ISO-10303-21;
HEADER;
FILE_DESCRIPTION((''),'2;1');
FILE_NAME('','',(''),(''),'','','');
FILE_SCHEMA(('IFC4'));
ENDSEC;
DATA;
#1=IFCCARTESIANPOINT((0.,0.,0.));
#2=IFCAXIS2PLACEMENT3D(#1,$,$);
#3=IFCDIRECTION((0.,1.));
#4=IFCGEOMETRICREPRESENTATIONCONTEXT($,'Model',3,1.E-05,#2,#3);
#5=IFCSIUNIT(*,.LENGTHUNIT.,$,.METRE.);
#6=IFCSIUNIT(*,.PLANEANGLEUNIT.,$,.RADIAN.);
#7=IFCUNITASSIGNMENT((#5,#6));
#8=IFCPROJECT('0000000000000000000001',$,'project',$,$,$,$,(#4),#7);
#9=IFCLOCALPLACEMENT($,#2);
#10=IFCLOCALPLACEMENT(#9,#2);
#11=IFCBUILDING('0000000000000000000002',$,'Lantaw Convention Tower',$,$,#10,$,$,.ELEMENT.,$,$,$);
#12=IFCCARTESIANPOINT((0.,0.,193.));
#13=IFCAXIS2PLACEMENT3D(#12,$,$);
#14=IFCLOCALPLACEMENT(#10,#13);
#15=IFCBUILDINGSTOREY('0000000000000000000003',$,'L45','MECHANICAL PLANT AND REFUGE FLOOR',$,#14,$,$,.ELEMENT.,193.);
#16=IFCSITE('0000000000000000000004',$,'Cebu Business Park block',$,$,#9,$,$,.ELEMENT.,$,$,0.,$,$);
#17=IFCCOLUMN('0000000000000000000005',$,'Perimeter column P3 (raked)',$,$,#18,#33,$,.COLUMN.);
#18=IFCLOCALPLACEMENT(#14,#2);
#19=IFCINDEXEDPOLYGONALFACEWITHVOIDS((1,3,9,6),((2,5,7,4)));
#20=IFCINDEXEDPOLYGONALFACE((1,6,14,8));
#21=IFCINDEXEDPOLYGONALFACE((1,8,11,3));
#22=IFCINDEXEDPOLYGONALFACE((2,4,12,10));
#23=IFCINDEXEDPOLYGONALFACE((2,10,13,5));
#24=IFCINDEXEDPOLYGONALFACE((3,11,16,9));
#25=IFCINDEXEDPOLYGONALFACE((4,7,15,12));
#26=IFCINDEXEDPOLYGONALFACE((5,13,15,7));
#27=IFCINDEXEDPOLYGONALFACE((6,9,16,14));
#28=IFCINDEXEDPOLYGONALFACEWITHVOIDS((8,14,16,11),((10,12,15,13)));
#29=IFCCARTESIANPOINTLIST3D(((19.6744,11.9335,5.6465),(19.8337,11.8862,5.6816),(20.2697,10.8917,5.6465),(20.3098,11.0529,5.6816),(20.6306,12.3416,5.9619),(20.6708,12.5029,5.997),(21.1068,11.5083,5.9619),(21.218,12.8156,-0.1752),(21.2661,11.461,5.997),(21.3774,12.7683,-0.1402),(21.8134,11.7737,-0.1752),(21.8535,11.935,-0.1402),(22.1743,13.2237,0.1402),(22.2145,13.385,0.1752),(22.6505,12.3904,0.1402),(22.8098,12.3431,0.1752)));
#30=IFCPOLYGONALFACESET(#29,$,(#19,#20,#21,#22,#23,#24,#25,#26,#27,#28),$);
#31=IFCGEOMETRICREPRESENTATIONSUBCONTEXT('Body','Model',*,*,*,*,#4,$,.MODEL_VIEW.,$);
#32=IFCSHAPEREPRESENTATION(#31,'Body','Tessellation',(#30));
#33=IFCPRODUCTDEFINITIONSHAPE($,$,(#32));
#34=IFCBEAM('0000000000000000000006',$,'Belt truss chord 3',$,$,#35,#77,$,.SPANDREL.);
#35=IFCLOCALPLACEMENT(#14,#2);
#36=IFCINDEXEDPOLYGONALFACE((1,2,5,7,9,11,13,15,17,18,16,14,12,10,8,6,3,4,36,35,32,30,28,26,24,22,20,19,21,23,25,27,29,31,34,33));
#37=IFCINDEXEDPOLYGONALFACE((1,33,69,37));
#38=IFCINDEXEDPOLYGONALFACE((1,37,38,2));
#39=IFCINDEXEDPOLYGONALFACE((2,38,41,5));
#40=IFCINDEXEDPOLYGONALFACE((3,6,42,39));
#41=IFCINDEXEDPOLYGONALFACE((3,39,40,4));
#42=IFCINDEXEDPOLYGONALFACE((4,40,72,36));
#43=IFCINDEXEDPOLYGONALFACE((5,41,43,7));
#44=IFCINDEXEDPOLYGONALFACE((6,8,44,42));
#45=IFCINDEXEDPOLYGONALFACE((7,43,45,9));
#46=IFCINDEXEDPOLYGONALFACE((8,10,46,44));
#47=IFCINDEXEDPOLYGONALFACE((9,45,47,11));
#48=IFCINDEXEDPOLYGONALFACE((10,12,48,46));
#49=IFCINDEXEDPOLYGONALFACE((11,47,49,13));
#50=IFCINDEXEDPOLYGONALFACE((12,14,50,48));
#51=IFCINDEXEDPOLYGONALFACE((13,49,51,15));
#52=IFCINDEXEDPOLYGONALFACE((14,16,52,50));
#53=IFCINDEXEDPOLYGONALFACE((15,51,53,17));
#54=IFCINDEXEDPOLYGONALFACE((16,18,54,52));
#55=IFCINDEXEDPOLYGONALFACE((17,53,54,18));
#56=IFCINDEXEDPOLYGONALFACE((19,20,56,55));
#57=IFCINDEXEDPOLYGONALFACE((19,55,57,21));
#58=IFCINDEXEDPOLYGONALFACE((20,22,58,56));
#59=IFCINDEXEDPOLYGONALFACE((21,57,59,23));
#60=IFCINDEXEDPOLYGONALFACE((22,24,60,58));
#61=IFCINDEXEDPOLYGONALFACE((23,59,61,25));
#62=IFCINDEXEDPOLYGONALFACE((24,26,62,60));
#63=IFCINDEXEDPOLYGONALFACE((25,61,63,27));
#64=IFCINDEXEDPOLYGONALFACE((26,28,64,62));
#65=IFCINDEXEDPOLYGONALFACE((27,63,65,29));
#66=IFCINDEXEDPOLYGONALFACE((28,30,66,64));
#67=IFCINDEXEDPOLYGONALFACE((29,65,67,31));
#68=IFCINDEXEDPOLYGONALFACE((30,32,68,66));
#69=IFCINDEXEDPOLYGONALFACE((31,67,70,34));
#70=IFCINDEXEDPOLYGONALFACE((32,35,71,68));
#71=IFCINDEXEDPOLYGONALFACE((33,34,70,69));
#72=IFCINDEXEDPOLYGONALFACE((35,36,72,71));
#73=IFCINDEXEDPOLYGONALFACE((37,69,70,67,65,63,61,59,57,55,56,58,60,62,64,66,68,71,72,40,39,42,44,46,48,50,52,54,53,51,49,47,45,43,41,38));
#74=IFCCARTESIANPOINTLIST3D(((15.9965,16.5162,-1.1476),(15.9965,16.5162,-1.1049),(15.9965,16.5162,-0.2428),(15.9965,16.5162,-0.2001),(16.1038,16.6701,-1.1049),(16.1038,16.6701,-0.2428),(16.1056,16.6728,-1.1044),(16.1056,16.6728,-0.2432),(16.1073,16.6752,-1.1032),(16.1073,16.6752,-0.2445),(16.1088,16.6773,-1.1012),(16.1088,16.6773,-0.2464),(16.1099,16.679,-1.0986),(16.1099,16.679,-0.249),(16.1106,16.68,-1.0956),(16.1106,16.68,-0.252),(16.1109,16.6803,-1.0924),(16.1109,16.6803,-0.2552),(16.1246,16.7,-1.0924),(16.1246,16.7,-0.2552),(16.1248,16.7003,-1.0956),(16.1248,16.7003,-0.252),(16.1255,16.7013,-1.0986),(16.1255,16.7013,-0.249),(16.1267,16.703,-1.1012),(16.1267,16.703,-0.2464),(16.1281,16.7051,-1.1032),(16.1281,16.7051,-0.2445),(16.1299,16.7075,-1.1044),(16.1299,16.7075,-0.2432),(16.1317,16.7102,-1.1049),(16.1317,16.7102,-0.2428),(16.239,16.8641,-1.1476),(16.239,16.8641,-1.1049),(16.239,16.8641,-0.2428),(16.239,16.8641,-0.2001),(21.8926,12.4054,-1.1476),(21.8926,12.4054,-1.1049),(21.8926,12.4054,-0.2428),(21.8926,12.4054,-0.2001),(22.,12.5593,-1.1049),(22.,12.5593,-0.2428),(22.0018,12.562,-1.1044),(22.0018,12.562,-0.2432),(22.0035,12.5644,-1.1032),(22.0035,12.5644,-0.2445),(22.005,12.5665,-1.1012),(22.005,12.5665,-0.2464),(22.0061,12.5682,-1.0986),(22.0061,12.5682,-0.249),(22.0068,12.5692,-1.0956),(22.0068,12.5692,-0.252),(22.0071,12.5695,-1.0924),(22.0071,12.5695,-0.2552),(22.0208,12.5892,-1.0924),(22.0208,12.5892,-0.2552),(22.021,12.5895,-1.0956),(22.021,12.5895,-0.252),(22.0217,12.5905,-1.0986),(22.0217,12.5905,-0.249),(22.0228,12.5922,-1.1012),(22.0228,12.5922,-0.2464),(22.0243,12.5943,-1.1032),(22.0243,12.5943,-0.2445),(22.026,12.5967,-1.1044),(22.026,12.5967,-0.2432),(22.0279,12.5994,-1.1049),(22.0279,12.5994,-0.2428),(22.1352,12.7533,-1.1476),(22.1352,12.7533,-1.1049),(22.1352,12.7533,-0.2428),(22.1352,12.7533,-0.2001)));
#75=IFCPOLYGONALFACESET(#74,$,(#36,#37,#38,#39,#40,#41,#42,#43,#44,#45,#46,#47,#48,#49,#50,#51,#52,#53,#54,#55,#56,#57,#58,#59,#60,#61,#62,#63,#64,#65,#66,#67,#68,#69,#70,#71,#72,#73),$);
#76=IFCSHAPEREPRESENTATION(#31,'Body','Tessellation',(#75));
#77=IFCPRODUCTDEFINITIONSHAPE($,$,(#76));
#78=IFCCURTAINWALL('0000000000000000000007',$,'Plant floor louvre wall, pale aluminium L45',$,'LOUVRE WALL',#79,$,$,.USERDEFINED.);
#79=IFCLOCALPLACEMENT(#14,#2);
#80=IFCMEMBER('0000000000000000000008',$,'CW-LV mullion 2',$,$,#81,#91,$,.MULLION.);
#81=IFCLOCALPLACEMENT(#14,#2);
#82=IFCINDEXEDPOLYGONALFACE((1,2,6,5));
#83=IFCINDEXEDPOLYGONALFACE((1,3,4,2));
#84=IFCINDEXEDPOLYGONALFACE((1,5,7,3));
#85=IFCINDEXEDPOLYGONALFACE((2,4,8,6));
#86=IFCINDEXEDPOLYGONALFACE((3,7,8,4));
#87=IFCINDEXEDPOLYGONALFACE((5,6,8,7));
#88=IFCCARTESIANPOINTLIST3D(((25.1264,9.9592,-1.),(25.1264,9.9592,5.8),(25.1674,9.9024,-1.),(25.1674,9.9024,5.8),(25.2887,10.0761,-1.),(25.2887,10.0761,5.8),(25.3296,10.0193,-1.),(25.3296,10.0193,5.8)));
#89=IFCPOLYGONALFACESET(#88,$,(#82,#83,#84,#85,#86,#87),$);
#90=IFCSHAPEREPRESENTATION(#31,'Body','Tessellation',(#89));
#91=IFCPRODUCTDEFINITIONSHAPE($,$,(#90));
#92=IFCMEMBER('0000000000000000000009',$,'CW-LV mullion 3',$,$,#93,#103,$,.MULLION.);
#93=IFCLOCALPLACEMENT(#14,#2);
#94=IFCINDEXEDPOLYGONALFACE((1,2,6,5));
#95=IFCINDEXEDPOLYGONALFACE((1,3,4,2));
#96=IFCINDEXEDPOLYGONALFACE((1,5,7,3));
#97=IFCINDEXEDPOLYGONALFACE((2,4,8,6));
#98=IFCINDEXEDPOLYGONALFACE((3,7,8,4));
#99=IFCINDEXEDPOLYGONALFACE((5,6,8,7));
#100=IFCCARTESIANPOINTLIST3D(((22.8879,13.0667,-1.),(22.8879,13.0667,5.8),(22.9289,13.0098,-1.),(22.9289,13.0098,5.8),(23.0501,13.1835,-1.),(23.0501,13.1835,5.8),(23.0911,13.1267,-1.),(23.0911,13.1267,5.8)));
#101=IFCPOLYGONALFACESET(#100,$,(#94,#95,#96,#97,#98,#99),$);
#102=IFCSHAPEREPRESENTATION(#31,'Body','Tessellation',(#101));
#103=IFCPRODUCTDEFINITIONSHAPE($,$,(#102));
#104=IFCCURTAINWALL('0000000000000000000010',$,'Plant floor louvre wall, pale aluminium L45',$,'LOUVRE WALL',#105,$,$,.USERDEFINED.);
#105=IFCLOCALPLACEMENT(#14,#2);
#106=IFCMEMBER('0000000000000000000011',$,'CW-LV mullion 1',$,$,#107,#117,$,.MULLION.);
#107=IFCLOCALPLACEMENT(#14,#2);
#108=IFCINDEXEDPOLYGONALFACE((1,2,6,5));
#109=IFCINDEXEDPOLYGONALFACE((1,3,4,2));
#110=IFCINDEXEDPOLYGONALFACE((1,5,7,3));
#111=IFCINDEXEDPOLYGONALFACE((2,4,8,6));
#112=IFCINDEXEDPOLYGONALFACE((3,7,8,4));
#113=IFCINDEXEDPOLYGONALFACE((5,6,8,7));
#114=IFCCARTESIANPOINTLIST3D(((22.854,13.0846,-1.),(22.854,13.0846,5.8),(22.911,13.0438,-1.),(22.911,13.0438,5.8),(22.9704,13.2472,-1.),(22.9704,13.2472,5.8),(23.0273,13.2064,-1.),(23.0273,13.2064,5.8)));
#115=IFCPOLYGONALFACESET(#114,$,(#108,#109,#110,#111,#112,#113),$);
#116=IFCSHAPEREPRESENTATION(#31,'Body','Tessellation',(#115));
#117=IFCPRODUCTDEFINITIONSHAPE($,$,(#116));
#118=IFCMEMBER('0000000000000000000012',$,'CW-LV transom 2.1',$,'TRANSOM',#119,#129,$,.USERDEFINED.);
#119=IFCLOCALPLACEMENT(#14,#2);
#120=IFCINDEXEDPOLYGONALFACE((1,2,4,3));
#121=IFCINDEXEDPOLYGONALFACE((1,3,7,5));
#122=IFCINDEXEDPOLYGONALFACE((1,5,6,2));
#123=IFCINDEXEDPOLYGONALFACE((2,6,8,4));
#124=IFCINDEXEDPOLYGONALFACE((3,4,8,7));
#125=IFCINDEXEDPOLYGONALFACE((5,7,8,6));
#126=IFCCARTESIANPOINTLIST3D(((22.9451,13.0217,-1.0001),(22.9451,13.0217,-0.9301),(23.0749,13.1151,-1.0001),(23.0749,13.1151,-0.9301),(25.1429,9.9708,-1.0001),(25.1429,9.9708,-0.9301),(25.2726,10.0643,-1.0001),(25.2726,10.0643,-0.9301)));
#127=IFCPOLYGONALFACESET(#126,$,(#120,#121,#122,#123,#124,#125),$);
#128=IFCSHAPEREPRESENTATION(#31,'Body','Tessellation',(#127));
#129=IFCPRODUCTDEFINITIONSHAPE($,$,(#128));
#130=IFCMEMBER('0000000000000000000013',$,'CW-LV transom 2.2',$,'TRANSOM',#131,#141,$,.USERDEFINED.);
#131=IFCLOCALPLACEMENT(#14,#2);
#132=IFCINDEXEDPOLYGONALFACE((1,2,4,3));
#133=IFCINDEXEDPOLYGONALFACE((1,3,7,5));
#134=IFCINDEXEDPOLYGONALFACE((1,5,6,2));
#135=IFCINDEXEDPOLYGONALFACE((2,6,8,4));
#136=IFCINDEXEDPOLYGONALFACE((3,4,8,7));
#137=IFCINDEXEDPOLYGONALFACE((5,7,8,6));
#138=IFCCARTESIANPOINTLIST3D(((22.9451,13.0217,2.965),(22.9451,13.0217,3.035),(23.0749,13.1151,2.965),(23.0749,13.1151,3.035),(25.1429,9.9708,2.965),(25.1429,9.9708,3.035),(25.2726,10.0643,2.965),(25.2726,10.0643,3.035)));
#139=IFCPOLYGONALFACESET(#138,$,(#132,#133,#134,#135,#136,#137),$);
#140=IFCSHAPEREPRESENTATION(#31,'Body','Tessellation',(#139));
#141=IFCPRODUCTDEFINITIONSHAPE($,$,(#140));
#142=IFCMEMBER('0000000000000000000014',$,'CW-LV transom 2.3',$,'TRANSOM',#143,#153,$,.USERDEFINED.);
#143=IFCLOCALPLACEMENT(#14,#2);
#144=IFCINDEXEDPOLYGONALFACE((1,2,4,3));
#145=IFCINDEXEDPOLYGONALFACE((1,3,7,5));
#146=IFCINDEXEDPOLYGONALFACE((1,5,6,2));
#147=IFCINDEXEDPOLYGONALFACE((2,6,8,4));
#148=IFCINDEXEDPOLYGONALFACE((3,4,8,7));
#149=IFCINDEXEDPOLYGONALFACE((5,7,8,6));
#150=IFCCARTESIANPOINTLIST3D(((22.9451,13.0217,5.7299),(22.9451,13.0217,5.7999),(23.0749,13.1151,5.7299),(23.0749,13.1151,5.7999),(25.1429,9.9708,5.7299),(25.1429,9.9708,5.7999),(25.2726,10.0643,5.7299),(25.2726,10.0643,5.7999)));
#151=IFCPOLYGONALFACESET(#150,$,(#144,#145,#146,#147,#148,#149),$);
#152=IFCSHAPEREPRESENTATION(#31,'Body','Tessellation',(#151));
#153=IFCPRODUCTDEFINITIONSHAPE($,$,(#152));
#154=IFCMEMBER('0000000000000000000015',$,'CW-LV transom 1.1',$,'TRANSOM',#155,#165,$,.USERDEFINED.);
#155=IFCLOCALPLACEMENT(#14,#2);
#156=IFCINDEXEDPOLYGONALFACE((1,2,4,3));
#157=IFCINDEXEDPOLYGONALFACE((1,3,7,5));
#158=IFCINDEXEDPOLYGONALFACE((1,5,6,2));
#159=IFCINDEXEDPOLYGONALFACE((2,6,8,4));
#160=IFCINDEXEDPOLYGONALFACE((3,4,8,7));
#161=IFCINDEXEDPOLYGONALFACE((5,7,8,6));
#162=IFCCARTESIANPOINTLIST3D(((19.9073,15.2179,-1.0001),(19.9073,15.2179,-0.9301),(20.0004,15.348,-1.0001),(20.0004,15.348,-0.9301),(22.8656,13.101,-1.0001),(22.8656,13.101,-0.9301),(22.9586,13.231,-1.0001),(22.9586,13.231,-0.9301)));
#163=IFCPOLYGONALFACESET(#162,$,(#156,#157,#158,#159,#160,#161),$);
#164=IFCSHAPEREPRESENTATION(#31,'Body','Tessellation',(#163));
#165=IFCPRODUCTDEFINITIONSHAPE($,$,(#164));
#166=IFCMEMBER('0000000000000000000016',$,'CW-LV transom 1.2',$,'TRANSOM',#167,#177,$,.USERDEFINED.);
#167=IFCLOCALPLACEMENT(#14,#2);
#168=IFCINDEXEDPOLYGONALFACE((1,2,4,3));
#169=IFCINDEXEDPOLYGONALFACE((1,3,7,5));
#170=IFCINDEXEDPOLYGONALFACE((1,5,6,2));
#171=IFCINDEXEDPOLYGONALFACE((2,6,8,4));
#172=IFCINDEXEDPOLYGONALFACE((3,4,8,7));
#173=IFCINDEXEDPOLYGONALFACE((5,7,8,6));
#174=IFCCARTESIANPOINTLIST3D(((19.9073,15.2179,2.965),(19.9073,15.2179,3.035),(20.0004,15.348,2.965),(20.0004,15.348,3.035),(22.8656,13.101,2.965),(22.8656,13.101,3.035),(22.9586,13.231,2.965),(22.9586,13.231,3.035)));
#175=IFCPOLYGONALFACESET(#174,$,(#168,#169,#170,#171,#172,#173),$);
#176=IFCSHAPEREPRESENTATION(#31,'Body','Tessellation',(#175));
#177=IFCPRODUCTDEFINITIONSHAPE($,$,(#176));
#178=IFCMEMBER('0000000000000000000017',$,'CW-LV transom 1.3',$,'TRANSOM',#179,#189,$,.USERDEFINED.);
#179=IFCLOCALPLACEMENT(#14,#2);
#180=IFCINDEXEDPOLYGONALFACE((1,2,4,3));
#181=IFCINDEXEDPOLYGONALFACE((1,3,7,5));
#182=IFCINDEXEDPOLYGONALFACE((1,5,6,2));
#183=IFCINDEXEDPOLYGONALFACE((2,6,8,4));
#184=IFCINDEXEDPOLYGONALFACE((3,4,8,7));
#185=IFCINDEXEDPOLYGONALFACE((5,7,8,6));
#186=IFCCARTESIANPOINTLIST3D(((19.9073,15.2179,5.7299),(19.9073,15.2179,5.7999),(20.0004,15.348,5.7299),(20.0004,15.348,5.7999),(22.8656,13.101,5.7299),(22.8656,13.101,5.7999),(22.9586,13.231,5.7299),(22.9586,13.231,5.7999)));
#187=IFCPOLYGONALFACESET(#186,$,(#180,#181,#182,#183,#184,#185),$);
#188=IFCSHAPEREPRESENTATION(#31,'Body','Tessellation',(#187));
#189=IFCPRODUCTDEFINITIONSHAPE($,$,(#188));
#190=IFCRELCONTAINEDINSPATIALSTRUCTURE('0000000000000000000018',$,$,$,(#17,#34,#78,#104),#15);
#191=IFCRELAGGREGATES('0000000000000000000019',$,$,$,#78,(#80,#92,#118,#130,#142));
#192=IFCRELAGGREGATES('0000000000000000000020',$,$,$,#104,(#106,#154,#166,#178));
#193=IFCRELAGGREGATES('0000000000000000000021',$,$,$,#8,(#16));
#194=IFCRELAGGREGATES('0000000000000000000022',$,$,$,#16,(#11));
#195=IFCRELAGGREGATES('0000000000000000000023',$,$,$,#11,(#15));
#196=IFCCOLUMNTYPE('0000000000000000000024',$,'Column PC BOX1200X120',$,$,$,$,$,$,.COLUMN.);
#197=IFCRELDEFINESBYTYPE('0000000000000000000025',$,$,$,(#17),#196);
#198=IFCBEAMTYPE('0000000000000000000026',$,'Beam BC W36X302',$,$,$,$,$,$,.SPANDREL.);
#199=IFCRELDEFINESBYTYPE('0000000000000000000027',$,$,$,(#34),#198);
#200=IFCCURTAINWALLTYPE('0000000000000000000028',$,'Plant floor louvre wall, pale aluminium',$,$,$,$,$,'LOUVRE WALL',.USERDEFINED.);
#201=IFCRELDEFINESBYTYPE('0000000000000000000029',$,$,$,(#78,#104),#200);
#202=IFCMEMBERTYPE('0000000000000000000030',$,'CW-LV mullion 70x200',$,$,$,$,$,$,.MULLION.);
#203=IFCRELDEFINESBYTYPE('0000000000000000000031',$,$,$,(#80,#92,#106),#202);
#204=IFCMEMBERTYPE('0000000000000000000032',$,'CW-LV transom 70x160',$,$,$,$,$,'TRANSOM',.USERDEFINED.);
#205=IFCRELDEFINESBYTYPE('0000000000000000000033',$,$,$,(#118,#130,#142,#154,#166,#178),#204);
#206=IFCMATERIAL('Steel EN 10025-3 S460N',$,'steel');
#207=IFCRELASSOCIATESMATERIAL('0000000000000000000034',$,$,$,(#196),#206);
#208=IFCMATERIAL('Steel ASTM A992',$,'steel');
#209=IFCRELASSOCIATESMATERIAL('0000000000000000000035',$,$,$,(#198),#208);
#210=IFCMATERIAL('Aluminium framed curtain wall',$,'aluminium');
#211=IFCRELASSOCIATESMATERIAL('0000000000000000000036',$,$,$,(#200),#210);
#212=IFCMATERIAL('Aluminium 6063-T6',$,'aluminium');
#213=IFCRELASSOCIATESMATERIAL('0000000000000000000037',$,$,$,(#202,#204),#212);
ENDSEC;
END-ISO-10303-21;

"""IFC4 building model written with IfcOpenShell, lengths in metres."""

from ifc_helpers import new_model, si_unit, direction, frame, origin, origin_2d, place, context, subcontext, project, spatial, rectangle, hollow_rectangle, i_section, extrude, material, material_profile, profile_set, type_object, element, aggregate, save


model = new_model("IFC4")

# Units and contexts
model_context = context("Model", 3, precision=1e-05, world=origin(), true_north=direction((0.0, 1.0)))
body_context = subcontext(model_context, "Body", "Model", "MODEL_VIEW")
ifc_project = project(units=[si_unit("LENGTHUNIT", "METRE"), si_unit("PLANEANGLEUNIT", "RADIAN")], contexts=[model_context])

# Site, building, storey
site_placement = place(None, origin())
site = spatial("IfcSite", under=ifc_project, at=site_placement, Name="Cebu Business Park block", CompositionType="ELEMENT", RefElevation=0.0)
building_placement = place(site_placement, origin())
building = spatial("IfcBuilding", under=site, at=building_placement, Name="Lantaw Convention Tower", CompositionType="ELEMENT")
storey_placement = place(building_placement, frame((0.0, 0.0, 193.0)))
storey = spatial("IfcBuildingStorey", under=building, at=storey_placement, Name="L45", Description="MECHANICAL PLANT AND REFUGE FLOOR", CompositionType="ELEMENT", Elevation=193.0)

# Column
ifc_material_1 = material(Name="Steel EN 10025-3 S460N", Category="steel")
ifc_material_profile_1 = material_profile(ifc_material_1, hollow_rectangle(XDim=1.2, YDim=1.2, WallThickness=0.1201, at=origin_2d()), Name="BOX1200X120")
ifc_material_2 = material(Name="Concrete C60/75", Category="concrete")
ifc_material_profile_2 = material_profile(ifc_material_2, rectangle(XDim=0.96, YDim=0.96, at=origin_2d()), Name="Concrete fill of BOX1200X120")
ifc_profile_set_1 = profile_set([ifc_material_profile_1, ifc_material_profile_2], Name="Steel EN 10025-3 S460N")
column_type = type_object("IfcColumnType", Name="Column PC BOX1200X120", PredefinedType="COLUMN", material=ifc_profile_set_1)
column_placement = place(storey_placement, frame((22.0139, 12.5793, 0.0), z_axis=(-0.253597, -0.144907, 0.956394), x_axis=(0.496124, -0.868252, 0.0)))
element("IfcColumn", 1, at=column_placement, inside=storey, type_object=column_type, Name="Perimeter column P3 (raked)", PredefinedType="COLUMN", context=body_context, shape_type="SweptSolid", body=[
    extrude(hollow_rectangle(XDim=1.2, YDim=1.2, WallThickness=0.1201, at=origin_2d()), origin(), (0.0, 0.0, 1.0), 6.0872),
])

# Beam
ifc_material_3 = material(Name="Steel ASTM A992", Category="steel")
ifc_material_profile_3 = material_profile(ifc_material_3, i_section(OverallWidth=0.4241, OverallDepth=0.9475, WebThickness=0.0239, FlangeThickness=0.0427, FilletRadius=0.0125, at=origin_2d()), Name="W36X302")
ifc_profile_set_2 = profile_set([ifc_material_profile_3], Name="Steel ASTM A992")
beam_type = type_object("IfcBeamType", Name="Beam BC W36X302", PredefinedType="SPANDREL", material=ifc_profile_set_2)
beam_placement = place(storey_placement, frame((22.0139, 12.5793, -0.6738), z_axis=(-0.820311, 0.571918, 0.0), x_axis=(-0.571918, -0.820311, 0.0)))
element("IfcBeam", 2, at=beam_placement, inside=storey, type_object=beam_type, Name="Belt truss chord 3", PredefinedType="SPANDREL", context=body_context, shape_type="SweptSolid", body=[
    extrude(i_section(OverallWidth=0.4241, OverallDepth=0.9475, WebThickness=0.0239, FlangeThickness=0.0427, FilletRadius=0.0125, at=origin_2d()), origin(), (0.0, 0.0, 1.0), 7.1877),
])

# Curtain wall, members
ifc_material_4 = material(Name="Aluminium framed curtain wall", Category="aluminium")
curtain_wall_type = type_object("IfcCurtainWallType", Name="Plant floor louvre wall, pale aluminium", ElementType="LOUVRE WALL", PredefinedType="USERDEFINED", material=ifc_material_4)
curtain_wall_1_placement = place(storey_placement, origin())
curtain_wall_1 = element("IfcCurtainWall", 3, at=curtain_wall_1_placement, inside=storey, type_object=curtain_wall_type, Name="Plant floor louvre wall, pale aluminium L45", ObjectType="LOUVRE WALL", PredefinedType="USERDEFINED")
ifc_material_5 = material(Name="Aluminium 6063-T6", Category="aluminium")
ifc_material_profile_4 = material_profile(ifc_material_5, rectangle(XDim=0.2, YDim=0.0701, at=origin_2d()), Name="CW-LV mullion 70x200")
ifc_profile_set_3 = profile_set([ifc_material_profile_4], Name="Aluminium 6063-T6")
member_type_1 = type_object("IfcMemberType", Name="CW-LV mullion 70x200", PredefinedType="MULLION", material=ifc_profile_set_3)
member_1_placement = place(storey_placement, frame((25.228, 9.9893, -1.0), z_axis=(0.0, 0.0, 1.0), x_axis=(-0.811385, -0.584513, 0.0)))
member_1 = element("IfcMember", 4, at=member_1_placement, type_object=member_type_1, Name="CW-LV mullion 2", PredefinedType="MULLION", context=body_context, shape_type="SweptSolid", body=[
    extrude(rectangle(XDim=0.2, YDim=0.0701, at=origin_2d()), origin(), (0.0, 0.0, 1.0), 6.8),
])
member_2_placement = place(storey_placement, frame((22.9895, 13.0967, -1.0), z_axis=(0.0, 0.0, 1.0), x_axis=(-0.811385, -0.584513, 0.0)))
member_2 = element("IfcMember", 5, at=member_2_placement, type_object=member_type_1, Name="CW-LV mullion 3", PredefinedType="MULLION", context=body_context, shape_type="SweptSolid", body=[
    extrude(rectangle(XDim=0.2, YDim=0.0701, at=origin_2d()), origin(), (0.0, 0.0, 1.0), 6.8),
])

# Curtain wall, member
curtain_wall_2_placement = place(storey_placement, origin())
curtain_wall_2 = element("IfcCurtainWall", 6, at=curtain_wall_2_placement, inside=storey, type_object=curtain_wall_type, Name="Plant floor louvre wall, pale aluminium L45", ObjectType="LOUVRE WALL", PredefinedType="USERDEFINED")
member_3_placement = place(storey_placement, frame((22.9407, 13.1455, -1.0), z_axis=(0.0, 0.0, 1.0), x_axis=(-0.581973, -0.813208, 0.0)))
member_3 = element("IfcMember", 7, at=member_3_placement, type_object=member_type_1, Name="CW-LV mullion 1", PredefinedType="MULLION", context=body_context, shape_type="SweptSolid", body=[
    extrude(rectangle(XDim=0.2, YDim=0.0701, at=origin_2d()), origin(), (0.0, 0.0, 1.0), 6.8),
])

# Members
ifc_material_profile_5 = material_profile(ifc_material_5, rectangle(XDim=0.1599, YDim=0.0701, at=origin_2d()), Name="CW-LV transom 70x160")
ifc_profile_set_4 = profile_set([ifc_material_profile_5], Name="Aluminium 6063-T6")
member_type_2 = type_object("IfcMemberType", Name="CW-LV transom 70x160", ElementType="TRANSOM", PredefinedType="USERDEFINED", material=ifc_profile_set_4)
member_4_placement = place(storey_placement, frame((25.2078, 10.0176, -0.9651), z_axis=(-0.584513, 0.811384, 0.0), x_axis=(-0.811384, -0.584513, 0.0)))
member_4 = element("IfcMember", 8, at=member_4_placement, type_object=member_type_2, Name="CW-LV transom 2.1", ObjectType="TRANSOM", PredefinedType="USERDEFINED", context=body_context, shape_type="SweptSolid", body=[
    extrude(rectangle(XDim=0.1599, YDim=0.0701, at=origin_2d()), origin(), (0.0, 0.0, 1.0), 3.76),
])
member_5_placement = place(storey_placement, frame((25.2078, 10.0176, 3.0), z_axis=(-0.584513, 0.811384, 0.0), x_axis=(-0.811384, -0.584513, 0.0)))
member_5 = element("IfcMember", 9, at=member_5_placement, type_object=member_type_2, Name="CW-LV transom 2.2", ObjectType="TRANSOM", PredefinedType="USERDEFINED", context=body_context, shape_type="SweptSolid", body=[
    extrude(rectangle(XDim=0.1599, YDim=0.0701, at=origin_2d()), origin(), (0.0, 0.0, 1.0), 3.76),
])
member_6_placement = place(storey_placement, frame((25.2078, 10.0176, 5.7649), z_axis=(-0.584513, 0.811384, 0.0), x_axis=(-0.811384, -0.584513, 0.0)))
member_6 = element("IfcMember", 10, at=member_6_placement, type_object=member_type_2, Name="CW-LV transom 2.3", ObjectType="TRANSOM", PredefinedType="USERDEFINED", context=body_context, shape_type="SweptSolid", body=[
    extrude(rectangle(XDim=0.1599, YDim=0.0701, at=origin_2d()), origin(), (0.0, 0.0, 1.0), 3.76),
])
member_7_placement = place(storey_placement, frame((22.9121, 13.166, -0.9651), z_axis=(-0.813225, 0.581949, 0.0), x_axis=(-0.581949, -0.813225, 0.0)))
member_7 = element("IfcMember", 11, at=member_7_placement, type_object=member_type_2, Name="CW-LV transom 1.1", ObjectType="TRANSOM", PredefinedType="USERDEFINED", context=body_context, shape_type="SweptSolid", body=[
    extrude(rectangle(XDim=0.1599, YDim=0.0701, at=origin_2d()), origin(), (0.0, 0.0, 1.0), 3.6377),
])
member_8_placement = place(storey_placement, frame((22.9121, 13.166, 3.0), z_axis=(-0.813225, 0.581949, 0.0), x_axis=(-0.581949, -0.813225, 0.0)))
member_8 = element("IfcMember", 12, at=member_8_placement, type_object=member_type_2, Name="CW-LV transom 1.2", ObjectType="TRANSOM", PredefinedType="USERDEFINED", context=body_context, shape_type="SweptSolid", body=[
    extrude(rectangle(XDim=0.1599, YDim=0.0701, at=origin_2d()), origin(), (0.0, 0.0, 1.0), 3.6377),
])
member_9_placement = place(storey_placement, frame((22.9121, 13.166, 5.7649), z_axis=(-0.813225, 0.581949, 0.0), x_axis=(-0.581949, -0.813225, 0.0)))
member_9 = element("IfcMember", 13, at=member_9_placement, type_object=member_type_2, Name="CW-LV transom 1.3", ObjectType="TRANSOM", PredefinedType="USERDEFINED", context=body_context, shape_type="SweptSolid", body=[
    extrude(rectangle(XDim=0.1599, YDim=0.0701, at=origin_2d()), origin(), (0.0, 0.0, 1.0), 3.6377),
])

aggregate(curtain_wall_1, [member_1, member_2, member_4, member_5, member_6])
aggregate(curtain_wall_2, [member_3, member_7, member_8, member_9])

save(model, "model.ifc")
